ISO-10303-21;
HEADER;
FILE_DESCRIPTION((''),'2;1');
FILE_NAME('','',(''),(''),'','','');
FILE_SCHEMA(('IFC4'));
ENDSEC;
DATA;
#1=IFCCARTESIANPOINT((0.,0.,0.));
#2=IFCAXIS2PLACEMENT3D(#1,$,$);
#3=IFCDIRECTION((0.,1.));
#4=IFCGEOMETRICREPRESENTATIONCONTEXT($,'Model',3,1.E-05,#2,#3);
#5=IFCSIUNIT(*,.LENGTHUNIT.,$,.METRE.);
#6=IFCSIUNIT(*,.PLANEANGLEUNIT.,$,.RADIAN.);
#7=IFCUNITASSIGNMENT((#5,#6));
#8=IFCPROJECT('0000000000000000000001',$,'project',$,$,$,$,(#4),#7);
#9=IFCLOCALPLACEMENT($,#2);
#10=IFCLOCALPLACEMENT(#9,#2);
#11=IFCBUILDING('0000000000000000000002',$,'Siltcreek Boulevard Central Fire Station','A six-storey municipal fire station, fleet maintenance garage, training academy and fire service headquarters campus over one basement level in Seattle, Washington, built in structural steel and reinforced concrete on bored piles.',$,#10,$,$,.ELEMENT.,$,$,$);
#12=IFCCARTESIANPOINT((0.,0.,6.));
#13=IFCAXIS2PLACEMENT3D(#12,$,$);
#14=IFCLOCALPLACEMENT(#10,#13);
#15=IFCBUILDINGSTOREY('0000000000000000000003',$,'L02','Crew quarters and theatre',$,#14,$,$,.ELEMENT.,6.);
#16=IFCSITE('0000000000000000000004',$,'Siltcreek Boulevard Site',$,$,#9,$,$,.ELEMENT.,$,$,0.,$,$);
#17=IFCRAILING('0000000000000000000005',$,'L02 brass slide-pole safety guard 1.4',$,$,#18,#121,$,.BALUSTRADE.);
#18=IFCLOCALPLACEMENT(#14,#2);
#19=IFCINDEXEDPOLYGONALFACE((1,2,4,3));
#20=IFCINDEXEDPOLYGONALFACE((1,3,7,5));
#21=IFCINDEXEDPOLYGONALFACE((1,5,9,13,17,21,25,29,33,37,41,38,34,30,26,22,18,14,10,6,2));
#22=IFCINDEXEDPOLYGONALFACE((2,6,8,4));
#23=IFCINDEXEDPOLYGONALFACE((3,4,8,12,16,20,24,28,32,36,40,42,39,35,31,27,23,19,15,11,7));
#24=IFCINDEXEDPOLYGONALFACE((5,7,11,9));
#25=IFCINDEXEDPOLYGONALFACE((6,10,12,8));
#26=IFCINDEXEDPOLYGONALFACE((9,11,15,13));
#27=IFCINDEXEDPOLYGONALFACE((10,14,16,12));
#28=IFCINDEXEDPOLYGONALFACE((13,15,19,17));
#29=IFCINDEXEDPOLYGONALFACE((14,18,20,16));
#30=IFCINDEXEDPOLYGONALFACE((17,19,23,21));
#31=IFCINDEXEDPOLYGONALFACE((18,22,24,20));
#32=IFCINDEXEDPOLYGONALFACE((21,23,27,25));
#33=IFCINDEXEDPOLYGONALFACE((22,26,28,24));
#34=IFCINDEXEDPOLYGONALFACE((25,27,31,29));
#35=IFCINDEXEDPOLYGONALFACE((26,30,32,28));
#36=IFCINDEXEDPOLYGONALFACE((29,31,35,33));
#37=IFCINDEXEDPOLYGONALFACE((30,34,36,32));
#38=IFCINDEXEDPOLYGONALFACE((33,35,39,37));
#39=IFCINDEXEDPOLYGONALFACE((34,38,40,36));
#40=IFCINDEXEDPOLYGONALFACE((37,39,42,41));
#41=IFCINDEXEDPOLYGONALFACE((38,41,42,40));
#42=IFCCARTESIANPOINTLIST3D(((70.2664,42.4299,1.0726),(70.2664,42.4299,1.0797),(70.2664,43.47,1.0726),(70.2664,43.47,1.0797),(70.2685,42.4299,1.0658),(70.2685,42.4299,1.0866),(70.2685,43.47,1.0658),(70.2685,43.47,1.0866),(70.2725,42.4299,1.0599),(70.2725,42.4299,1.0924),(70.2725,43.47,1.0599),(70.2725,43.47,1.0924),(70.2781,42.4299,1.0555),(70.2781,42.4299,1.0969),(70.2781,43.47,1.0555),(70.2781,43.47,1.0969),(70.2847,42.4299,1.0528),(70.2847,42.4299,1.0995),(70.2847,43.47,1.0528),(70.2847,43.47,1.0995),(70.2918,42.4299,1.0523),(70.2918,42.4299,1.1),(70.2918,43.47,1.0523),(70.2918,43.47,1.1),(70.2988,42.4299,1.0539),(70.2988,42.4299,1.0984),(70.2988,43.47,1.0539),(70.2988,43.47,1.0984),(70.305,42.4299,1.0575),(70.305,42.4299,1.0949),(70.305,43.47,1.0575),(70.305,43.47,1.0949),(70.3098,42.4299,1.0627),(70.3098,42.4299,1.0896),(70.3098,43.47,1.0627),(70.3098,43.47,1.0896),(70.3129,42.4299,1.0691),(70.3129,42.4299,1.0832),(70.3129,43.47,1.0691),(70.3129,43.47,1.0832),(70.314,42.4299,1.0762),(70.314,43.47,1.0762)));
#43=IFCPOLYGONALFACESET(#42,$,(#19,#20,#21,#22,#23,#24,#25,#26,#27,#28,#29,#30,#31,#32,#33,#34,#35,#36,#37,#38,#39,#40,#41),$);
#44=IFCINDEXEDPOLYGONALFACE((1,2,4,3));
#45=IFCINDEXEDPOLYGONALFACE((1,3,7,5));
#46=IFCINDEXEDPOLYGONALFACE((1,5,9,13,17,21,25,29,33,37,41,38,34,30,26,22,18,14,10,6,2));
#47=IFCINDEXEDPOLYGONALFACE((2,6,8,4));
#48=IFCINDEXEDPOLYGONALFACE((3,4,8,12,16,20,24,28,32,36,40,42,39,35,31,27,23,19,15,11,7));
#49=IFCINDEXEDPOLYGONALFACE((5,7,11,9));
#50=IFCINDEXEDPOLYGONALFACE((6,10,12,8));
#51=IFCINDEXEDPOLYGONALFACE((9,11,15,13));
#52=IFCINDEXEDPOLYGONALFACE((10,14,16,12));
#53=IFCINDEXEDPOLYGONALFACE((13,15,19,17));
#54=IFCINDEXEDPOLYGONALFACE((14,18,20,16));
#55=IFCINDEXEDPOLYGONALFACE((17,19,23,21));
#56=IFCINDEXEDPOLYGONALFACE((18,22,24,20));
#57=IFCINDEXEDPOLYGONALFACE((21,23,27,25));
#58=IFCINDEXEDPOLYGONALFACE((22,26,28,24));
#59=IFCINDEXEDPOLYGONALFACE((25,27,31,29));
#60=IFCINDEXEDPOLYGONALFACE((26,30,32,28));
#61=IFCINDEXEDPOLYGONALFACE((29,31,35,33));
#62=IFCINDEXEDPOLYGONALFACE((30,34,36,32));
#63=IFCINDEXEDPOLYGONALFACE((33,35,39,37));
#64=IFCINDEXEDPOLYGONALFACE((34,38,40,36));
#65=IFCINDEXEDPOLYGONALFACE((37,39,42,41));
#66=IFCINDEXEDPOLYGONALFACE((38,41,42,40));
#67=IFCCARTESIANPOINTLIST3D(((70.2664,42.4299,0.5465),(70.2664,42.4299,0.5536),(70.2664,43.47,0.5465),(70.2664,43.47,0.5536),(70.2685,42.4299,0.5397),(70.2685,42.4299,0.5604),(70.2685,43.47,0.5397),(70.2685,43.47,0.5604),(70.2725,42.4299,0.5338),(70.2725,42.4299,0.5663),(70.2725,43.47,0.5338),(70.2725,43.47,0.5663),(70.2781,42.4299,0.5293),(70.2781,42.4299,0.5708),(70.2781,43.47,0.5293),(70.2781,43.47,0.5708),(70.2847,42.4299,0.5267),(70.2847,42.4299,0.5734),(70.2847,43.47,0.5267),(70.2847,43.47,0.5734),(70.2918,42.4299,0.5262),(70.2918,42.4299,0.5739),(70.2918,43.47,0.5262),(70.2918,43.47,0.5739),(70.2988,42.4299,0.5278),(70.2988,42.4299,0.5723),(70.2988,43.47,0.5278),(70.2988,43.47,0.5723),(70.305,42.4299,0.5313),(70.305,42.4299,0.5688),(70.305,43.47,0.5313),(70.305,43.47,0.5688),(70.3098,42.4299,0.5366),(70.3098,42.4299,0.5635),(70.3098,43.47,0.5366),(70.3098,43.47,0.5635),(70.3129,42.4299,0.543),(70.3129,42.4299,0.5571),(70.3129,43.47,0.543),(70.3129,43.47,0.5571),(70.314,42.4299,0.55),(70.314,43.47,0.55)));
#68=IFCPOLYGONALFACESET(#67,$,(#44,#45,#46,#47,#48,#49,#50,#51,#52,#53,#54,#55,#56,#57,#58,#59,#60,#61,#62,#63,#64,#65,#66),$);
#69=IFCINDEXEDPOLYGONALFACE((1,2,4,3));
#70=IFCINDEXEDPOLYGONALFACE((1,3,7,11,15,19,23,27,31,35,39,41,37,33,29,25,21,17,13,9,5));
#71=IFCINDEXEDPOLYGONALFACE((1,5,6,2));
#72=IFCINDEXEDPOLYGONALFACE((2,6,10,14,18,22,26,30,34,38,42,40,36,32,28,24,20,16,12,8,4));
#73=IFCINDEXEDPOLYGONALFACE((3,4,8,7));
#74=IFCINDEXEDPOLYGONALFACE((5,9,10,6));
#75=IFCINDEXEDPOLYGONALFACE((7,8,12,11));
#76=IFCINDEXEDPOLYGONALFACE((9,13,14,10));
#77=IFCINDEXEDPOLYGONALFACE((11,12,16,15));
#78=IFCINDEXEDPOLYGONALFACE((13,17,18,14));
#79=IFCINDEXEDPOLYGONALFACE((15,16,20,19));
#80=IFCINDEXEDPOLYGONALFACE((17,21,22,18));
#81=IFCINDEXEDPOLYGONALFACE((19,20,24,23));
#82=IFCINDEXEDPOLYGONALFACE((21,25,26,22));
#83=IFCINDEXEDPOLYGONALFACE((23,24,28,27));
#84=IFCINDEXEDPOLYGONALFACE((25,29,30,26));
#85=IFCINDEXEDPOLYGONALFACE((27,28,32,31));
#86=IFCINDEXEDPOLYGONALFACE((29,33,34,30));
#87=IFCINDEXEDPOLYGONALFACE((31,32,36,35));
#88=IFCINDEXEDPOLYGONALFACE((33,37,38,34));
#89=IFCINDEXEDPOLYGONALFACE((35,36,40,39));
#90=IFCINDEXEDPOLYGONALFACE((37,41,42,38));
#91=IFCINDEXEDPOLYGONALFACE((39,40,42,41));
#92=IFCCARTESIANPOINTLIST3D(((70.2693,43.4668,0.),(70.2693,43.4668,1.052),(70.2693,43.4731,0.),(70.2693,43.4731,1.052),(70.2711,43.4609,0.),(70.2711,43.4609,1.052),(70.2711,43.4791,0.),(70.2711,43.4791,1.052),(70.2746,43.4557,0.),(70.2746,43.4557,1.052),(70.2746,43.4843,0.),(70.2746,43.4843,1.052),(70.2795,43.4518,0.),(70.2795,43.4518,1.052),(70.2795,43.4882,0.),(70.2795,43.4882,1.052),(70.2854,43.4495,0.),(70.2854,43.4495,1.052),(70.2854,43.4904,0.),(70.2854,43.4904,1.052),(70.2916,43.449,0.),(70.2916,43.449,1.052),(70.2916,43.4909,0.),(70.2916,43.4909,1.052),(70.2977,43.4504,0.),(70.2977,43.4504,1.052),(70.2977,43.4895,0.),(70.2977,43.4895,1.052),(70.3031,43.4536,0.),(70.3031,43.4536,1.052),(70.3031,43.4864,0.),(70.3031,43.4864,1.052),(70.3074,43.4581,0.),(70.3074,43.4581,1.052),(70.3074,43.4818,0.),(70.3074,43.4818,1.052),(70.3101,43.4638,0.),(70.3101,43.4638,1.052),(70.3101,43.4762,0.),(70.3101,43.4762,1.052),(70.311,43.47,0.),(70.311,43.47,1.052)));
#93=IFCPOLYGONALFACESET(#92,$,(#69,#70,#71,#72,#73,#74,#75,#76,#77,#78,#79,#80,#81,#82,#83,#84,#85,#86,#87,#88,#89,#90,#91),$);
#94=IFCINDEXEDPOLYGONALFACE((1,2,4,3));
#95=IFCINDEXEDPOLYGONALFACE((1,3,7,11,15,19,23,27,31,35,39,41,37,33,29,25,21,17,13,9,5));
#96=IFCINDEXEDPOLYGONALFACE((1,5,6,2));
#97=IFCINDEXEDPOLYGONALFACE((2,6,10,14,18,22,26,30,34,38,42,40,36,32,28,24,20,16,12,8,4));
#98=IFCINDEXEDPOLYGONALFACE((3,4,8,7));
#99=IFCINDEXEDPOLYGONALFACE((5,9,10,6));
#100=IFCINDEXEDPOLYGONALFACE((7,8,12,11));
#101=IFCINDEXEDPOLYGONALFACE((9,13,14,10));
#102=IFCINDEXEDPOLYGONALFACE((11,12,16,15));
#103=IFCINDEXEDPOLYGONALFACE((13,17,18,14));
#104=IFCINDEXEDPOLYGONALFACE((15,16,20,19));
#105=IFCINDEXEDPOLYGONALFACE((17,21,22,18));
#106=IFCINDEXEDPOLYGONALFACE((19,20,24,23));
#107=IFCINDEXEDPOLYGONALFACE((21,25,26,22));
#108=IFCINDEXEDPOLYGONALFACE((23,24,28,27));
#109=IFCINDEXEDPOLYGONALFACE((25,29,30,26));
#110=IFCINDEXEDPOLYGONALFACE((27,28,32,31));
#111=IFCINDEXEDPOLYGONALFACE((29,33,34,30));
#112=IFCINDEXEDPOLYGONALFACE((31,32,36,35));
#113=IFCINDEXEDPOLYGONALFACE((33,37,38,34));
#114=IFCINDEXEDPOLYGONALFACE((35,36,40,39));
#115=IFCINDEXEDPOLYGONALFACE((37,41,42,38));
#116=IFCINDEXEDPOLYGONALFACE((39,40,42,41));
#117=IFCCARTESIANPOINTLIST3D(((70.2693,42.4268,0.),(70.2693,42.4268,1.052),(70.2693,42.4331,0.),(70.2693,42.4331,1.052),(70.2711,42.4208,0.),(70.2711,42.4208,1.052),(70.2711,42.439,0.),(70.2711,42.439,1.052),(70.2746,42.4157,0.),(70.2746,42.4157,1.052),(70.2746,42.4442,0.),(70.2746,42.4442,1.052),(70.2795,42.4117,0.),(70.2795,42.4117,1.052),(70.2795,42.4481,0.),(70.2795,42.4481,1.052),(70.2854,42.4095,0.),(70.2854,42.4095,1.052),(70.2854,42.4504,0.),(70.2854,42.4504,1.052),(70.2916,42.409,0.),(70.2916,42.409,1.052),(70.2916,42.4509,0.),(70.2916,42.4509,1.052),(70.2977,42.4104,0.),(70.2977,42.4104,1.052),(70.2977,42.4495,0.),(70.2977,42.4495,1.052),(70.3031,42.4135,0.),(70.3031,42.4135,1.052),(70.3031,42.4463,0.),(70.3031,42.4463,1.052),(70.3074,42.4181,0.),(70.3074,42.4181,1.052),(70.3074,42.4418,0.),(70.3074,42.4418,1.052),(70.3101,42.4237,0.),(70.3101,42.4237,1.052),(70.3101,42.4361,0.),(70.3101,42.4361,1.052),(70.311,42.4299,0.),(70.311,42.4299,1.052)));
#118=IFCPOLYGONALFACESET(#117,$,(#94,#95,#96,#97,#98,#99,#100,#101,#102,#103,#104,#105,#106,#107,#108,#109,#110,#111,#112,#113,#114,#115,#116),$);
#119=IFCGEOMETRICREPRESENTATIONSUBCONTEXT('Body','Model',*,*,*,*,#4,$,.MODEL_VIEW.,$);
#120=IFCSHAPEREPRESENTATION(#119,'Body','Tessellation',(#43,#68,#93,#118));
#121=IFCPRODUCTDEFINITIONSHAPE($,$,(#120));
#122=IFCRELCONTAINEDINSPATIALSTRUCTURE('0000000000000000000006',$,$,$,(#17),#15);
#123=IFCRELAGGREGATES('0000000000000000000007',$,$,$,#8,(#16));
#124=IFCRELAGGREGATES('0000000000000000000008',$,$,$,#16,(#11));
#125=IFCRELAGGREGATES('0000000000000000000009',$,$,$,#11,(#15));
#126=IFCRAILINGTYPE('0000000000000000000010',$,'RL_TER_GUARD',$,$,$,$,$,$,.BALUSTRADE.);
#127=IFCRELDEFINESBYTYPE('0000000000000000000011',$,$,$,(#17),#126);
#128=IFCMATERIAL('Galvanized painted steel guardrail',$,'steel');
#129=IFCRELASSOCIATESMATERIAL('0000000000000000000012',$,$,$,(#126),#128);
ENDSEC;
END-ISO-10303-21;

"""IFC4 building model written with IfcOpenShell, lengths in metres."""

from ifc_helpers import new_model, si_unit, direction, frame, origin, origin_2d, place, context, subcontext, project, spatial, circle, extrude, material, type_object, element, save


model = new_model("IFC4")

# Units and contexts
model_context = context("Model", 3, precision=1e-05, world=origin(), true_north=direction((0.0, 1.0)))
body_context = subcontext(model_context, "Body", "Model", "MODEL_VIEW")
ifc_project = project(units=[si_unit("LENGTHUNIT", "METRE"), si_unit("PLANEANGLEUNIT", "RADIAN")], contexts=[model_context])

# Site, building, storey
site_placement = place(None, origin())
site = spatial("IfcSite", under=ifc_project, at=site_placement, Name="Siltcreek Boulevard Site", CompositionType="ELEMENT", RefElevation=0.0)
building_placement = place(site_placement, origin())
building = spatial("IfcBuilding", under=site, at=building_placement, Name="Siltcreek Boulevard Central Fire Station", Description="A six-storey municipal fire station, fleet maintenance garage, training academy and fire service headquarters campus over one basement level in Seattle, Washington, built in structural steel and reinforced concrete on bored piles.", CompositionType="ELEMENT")
storey_placement = place(building_placement, frame((0.0, 0.0, 6.0)))
storey = spatial("IfcBuildingStorey", under=building, at=storey_placement, Name="L02", Description="Crew quarters and theatre", CompositionType="ELEMENT", Elevation=6.0)

# Railing
ifc_material_1 = material(Name="Galvanized painted steel guardrail", Category="steel")
railing_type_1 = type_object("IfcRailingType", Name="RL_TER_GUARD", PredefinedType="BALUSTRADE", material=ifc_material_1)
railing_1_placement = place(storey_placement, frame((70.29, 43.47, 0.0)))
element("IfcRailing", 1, at=railing_1_placement, inside=storey, type_object=railing_type_1, Name="L02 brass slide-pole safety guard 1.4", PredefinedType="BALUSTRADE", context=body_context, shape_type="SweptSolid", body=[
    extrude(circle(Radius=0.0239, at=origin_2d()), frame((0.0, 0.0, 1.0762), z_axis=(0.0, -1.0, 0.0), x_axis=(1.0, 0.0, 0.0)), (0.0, 0.0, 1.0), 1.04),
    extrude(circle(Radius=0.0239, at=origin_2d()), frame((0.0, 0.0, 0.55), z_axis=(0.0, -1.0, 0.0), x_axis=(1.0, 0.0, 0.0)), (0.0, 0.0, 1.0), 1.04),
    extrude(circle(Radius=0.021, at=origin_2d()), origin(), (0.0, 0.0, 1.0), 1.052),
    extrude(circle(Radius=0.021, at=origin_2d()), frame((0.0, -1.04, 0.0)), (0.0, 0.0, 1.0), 1.052),
])

save(model, "model.ifc")
